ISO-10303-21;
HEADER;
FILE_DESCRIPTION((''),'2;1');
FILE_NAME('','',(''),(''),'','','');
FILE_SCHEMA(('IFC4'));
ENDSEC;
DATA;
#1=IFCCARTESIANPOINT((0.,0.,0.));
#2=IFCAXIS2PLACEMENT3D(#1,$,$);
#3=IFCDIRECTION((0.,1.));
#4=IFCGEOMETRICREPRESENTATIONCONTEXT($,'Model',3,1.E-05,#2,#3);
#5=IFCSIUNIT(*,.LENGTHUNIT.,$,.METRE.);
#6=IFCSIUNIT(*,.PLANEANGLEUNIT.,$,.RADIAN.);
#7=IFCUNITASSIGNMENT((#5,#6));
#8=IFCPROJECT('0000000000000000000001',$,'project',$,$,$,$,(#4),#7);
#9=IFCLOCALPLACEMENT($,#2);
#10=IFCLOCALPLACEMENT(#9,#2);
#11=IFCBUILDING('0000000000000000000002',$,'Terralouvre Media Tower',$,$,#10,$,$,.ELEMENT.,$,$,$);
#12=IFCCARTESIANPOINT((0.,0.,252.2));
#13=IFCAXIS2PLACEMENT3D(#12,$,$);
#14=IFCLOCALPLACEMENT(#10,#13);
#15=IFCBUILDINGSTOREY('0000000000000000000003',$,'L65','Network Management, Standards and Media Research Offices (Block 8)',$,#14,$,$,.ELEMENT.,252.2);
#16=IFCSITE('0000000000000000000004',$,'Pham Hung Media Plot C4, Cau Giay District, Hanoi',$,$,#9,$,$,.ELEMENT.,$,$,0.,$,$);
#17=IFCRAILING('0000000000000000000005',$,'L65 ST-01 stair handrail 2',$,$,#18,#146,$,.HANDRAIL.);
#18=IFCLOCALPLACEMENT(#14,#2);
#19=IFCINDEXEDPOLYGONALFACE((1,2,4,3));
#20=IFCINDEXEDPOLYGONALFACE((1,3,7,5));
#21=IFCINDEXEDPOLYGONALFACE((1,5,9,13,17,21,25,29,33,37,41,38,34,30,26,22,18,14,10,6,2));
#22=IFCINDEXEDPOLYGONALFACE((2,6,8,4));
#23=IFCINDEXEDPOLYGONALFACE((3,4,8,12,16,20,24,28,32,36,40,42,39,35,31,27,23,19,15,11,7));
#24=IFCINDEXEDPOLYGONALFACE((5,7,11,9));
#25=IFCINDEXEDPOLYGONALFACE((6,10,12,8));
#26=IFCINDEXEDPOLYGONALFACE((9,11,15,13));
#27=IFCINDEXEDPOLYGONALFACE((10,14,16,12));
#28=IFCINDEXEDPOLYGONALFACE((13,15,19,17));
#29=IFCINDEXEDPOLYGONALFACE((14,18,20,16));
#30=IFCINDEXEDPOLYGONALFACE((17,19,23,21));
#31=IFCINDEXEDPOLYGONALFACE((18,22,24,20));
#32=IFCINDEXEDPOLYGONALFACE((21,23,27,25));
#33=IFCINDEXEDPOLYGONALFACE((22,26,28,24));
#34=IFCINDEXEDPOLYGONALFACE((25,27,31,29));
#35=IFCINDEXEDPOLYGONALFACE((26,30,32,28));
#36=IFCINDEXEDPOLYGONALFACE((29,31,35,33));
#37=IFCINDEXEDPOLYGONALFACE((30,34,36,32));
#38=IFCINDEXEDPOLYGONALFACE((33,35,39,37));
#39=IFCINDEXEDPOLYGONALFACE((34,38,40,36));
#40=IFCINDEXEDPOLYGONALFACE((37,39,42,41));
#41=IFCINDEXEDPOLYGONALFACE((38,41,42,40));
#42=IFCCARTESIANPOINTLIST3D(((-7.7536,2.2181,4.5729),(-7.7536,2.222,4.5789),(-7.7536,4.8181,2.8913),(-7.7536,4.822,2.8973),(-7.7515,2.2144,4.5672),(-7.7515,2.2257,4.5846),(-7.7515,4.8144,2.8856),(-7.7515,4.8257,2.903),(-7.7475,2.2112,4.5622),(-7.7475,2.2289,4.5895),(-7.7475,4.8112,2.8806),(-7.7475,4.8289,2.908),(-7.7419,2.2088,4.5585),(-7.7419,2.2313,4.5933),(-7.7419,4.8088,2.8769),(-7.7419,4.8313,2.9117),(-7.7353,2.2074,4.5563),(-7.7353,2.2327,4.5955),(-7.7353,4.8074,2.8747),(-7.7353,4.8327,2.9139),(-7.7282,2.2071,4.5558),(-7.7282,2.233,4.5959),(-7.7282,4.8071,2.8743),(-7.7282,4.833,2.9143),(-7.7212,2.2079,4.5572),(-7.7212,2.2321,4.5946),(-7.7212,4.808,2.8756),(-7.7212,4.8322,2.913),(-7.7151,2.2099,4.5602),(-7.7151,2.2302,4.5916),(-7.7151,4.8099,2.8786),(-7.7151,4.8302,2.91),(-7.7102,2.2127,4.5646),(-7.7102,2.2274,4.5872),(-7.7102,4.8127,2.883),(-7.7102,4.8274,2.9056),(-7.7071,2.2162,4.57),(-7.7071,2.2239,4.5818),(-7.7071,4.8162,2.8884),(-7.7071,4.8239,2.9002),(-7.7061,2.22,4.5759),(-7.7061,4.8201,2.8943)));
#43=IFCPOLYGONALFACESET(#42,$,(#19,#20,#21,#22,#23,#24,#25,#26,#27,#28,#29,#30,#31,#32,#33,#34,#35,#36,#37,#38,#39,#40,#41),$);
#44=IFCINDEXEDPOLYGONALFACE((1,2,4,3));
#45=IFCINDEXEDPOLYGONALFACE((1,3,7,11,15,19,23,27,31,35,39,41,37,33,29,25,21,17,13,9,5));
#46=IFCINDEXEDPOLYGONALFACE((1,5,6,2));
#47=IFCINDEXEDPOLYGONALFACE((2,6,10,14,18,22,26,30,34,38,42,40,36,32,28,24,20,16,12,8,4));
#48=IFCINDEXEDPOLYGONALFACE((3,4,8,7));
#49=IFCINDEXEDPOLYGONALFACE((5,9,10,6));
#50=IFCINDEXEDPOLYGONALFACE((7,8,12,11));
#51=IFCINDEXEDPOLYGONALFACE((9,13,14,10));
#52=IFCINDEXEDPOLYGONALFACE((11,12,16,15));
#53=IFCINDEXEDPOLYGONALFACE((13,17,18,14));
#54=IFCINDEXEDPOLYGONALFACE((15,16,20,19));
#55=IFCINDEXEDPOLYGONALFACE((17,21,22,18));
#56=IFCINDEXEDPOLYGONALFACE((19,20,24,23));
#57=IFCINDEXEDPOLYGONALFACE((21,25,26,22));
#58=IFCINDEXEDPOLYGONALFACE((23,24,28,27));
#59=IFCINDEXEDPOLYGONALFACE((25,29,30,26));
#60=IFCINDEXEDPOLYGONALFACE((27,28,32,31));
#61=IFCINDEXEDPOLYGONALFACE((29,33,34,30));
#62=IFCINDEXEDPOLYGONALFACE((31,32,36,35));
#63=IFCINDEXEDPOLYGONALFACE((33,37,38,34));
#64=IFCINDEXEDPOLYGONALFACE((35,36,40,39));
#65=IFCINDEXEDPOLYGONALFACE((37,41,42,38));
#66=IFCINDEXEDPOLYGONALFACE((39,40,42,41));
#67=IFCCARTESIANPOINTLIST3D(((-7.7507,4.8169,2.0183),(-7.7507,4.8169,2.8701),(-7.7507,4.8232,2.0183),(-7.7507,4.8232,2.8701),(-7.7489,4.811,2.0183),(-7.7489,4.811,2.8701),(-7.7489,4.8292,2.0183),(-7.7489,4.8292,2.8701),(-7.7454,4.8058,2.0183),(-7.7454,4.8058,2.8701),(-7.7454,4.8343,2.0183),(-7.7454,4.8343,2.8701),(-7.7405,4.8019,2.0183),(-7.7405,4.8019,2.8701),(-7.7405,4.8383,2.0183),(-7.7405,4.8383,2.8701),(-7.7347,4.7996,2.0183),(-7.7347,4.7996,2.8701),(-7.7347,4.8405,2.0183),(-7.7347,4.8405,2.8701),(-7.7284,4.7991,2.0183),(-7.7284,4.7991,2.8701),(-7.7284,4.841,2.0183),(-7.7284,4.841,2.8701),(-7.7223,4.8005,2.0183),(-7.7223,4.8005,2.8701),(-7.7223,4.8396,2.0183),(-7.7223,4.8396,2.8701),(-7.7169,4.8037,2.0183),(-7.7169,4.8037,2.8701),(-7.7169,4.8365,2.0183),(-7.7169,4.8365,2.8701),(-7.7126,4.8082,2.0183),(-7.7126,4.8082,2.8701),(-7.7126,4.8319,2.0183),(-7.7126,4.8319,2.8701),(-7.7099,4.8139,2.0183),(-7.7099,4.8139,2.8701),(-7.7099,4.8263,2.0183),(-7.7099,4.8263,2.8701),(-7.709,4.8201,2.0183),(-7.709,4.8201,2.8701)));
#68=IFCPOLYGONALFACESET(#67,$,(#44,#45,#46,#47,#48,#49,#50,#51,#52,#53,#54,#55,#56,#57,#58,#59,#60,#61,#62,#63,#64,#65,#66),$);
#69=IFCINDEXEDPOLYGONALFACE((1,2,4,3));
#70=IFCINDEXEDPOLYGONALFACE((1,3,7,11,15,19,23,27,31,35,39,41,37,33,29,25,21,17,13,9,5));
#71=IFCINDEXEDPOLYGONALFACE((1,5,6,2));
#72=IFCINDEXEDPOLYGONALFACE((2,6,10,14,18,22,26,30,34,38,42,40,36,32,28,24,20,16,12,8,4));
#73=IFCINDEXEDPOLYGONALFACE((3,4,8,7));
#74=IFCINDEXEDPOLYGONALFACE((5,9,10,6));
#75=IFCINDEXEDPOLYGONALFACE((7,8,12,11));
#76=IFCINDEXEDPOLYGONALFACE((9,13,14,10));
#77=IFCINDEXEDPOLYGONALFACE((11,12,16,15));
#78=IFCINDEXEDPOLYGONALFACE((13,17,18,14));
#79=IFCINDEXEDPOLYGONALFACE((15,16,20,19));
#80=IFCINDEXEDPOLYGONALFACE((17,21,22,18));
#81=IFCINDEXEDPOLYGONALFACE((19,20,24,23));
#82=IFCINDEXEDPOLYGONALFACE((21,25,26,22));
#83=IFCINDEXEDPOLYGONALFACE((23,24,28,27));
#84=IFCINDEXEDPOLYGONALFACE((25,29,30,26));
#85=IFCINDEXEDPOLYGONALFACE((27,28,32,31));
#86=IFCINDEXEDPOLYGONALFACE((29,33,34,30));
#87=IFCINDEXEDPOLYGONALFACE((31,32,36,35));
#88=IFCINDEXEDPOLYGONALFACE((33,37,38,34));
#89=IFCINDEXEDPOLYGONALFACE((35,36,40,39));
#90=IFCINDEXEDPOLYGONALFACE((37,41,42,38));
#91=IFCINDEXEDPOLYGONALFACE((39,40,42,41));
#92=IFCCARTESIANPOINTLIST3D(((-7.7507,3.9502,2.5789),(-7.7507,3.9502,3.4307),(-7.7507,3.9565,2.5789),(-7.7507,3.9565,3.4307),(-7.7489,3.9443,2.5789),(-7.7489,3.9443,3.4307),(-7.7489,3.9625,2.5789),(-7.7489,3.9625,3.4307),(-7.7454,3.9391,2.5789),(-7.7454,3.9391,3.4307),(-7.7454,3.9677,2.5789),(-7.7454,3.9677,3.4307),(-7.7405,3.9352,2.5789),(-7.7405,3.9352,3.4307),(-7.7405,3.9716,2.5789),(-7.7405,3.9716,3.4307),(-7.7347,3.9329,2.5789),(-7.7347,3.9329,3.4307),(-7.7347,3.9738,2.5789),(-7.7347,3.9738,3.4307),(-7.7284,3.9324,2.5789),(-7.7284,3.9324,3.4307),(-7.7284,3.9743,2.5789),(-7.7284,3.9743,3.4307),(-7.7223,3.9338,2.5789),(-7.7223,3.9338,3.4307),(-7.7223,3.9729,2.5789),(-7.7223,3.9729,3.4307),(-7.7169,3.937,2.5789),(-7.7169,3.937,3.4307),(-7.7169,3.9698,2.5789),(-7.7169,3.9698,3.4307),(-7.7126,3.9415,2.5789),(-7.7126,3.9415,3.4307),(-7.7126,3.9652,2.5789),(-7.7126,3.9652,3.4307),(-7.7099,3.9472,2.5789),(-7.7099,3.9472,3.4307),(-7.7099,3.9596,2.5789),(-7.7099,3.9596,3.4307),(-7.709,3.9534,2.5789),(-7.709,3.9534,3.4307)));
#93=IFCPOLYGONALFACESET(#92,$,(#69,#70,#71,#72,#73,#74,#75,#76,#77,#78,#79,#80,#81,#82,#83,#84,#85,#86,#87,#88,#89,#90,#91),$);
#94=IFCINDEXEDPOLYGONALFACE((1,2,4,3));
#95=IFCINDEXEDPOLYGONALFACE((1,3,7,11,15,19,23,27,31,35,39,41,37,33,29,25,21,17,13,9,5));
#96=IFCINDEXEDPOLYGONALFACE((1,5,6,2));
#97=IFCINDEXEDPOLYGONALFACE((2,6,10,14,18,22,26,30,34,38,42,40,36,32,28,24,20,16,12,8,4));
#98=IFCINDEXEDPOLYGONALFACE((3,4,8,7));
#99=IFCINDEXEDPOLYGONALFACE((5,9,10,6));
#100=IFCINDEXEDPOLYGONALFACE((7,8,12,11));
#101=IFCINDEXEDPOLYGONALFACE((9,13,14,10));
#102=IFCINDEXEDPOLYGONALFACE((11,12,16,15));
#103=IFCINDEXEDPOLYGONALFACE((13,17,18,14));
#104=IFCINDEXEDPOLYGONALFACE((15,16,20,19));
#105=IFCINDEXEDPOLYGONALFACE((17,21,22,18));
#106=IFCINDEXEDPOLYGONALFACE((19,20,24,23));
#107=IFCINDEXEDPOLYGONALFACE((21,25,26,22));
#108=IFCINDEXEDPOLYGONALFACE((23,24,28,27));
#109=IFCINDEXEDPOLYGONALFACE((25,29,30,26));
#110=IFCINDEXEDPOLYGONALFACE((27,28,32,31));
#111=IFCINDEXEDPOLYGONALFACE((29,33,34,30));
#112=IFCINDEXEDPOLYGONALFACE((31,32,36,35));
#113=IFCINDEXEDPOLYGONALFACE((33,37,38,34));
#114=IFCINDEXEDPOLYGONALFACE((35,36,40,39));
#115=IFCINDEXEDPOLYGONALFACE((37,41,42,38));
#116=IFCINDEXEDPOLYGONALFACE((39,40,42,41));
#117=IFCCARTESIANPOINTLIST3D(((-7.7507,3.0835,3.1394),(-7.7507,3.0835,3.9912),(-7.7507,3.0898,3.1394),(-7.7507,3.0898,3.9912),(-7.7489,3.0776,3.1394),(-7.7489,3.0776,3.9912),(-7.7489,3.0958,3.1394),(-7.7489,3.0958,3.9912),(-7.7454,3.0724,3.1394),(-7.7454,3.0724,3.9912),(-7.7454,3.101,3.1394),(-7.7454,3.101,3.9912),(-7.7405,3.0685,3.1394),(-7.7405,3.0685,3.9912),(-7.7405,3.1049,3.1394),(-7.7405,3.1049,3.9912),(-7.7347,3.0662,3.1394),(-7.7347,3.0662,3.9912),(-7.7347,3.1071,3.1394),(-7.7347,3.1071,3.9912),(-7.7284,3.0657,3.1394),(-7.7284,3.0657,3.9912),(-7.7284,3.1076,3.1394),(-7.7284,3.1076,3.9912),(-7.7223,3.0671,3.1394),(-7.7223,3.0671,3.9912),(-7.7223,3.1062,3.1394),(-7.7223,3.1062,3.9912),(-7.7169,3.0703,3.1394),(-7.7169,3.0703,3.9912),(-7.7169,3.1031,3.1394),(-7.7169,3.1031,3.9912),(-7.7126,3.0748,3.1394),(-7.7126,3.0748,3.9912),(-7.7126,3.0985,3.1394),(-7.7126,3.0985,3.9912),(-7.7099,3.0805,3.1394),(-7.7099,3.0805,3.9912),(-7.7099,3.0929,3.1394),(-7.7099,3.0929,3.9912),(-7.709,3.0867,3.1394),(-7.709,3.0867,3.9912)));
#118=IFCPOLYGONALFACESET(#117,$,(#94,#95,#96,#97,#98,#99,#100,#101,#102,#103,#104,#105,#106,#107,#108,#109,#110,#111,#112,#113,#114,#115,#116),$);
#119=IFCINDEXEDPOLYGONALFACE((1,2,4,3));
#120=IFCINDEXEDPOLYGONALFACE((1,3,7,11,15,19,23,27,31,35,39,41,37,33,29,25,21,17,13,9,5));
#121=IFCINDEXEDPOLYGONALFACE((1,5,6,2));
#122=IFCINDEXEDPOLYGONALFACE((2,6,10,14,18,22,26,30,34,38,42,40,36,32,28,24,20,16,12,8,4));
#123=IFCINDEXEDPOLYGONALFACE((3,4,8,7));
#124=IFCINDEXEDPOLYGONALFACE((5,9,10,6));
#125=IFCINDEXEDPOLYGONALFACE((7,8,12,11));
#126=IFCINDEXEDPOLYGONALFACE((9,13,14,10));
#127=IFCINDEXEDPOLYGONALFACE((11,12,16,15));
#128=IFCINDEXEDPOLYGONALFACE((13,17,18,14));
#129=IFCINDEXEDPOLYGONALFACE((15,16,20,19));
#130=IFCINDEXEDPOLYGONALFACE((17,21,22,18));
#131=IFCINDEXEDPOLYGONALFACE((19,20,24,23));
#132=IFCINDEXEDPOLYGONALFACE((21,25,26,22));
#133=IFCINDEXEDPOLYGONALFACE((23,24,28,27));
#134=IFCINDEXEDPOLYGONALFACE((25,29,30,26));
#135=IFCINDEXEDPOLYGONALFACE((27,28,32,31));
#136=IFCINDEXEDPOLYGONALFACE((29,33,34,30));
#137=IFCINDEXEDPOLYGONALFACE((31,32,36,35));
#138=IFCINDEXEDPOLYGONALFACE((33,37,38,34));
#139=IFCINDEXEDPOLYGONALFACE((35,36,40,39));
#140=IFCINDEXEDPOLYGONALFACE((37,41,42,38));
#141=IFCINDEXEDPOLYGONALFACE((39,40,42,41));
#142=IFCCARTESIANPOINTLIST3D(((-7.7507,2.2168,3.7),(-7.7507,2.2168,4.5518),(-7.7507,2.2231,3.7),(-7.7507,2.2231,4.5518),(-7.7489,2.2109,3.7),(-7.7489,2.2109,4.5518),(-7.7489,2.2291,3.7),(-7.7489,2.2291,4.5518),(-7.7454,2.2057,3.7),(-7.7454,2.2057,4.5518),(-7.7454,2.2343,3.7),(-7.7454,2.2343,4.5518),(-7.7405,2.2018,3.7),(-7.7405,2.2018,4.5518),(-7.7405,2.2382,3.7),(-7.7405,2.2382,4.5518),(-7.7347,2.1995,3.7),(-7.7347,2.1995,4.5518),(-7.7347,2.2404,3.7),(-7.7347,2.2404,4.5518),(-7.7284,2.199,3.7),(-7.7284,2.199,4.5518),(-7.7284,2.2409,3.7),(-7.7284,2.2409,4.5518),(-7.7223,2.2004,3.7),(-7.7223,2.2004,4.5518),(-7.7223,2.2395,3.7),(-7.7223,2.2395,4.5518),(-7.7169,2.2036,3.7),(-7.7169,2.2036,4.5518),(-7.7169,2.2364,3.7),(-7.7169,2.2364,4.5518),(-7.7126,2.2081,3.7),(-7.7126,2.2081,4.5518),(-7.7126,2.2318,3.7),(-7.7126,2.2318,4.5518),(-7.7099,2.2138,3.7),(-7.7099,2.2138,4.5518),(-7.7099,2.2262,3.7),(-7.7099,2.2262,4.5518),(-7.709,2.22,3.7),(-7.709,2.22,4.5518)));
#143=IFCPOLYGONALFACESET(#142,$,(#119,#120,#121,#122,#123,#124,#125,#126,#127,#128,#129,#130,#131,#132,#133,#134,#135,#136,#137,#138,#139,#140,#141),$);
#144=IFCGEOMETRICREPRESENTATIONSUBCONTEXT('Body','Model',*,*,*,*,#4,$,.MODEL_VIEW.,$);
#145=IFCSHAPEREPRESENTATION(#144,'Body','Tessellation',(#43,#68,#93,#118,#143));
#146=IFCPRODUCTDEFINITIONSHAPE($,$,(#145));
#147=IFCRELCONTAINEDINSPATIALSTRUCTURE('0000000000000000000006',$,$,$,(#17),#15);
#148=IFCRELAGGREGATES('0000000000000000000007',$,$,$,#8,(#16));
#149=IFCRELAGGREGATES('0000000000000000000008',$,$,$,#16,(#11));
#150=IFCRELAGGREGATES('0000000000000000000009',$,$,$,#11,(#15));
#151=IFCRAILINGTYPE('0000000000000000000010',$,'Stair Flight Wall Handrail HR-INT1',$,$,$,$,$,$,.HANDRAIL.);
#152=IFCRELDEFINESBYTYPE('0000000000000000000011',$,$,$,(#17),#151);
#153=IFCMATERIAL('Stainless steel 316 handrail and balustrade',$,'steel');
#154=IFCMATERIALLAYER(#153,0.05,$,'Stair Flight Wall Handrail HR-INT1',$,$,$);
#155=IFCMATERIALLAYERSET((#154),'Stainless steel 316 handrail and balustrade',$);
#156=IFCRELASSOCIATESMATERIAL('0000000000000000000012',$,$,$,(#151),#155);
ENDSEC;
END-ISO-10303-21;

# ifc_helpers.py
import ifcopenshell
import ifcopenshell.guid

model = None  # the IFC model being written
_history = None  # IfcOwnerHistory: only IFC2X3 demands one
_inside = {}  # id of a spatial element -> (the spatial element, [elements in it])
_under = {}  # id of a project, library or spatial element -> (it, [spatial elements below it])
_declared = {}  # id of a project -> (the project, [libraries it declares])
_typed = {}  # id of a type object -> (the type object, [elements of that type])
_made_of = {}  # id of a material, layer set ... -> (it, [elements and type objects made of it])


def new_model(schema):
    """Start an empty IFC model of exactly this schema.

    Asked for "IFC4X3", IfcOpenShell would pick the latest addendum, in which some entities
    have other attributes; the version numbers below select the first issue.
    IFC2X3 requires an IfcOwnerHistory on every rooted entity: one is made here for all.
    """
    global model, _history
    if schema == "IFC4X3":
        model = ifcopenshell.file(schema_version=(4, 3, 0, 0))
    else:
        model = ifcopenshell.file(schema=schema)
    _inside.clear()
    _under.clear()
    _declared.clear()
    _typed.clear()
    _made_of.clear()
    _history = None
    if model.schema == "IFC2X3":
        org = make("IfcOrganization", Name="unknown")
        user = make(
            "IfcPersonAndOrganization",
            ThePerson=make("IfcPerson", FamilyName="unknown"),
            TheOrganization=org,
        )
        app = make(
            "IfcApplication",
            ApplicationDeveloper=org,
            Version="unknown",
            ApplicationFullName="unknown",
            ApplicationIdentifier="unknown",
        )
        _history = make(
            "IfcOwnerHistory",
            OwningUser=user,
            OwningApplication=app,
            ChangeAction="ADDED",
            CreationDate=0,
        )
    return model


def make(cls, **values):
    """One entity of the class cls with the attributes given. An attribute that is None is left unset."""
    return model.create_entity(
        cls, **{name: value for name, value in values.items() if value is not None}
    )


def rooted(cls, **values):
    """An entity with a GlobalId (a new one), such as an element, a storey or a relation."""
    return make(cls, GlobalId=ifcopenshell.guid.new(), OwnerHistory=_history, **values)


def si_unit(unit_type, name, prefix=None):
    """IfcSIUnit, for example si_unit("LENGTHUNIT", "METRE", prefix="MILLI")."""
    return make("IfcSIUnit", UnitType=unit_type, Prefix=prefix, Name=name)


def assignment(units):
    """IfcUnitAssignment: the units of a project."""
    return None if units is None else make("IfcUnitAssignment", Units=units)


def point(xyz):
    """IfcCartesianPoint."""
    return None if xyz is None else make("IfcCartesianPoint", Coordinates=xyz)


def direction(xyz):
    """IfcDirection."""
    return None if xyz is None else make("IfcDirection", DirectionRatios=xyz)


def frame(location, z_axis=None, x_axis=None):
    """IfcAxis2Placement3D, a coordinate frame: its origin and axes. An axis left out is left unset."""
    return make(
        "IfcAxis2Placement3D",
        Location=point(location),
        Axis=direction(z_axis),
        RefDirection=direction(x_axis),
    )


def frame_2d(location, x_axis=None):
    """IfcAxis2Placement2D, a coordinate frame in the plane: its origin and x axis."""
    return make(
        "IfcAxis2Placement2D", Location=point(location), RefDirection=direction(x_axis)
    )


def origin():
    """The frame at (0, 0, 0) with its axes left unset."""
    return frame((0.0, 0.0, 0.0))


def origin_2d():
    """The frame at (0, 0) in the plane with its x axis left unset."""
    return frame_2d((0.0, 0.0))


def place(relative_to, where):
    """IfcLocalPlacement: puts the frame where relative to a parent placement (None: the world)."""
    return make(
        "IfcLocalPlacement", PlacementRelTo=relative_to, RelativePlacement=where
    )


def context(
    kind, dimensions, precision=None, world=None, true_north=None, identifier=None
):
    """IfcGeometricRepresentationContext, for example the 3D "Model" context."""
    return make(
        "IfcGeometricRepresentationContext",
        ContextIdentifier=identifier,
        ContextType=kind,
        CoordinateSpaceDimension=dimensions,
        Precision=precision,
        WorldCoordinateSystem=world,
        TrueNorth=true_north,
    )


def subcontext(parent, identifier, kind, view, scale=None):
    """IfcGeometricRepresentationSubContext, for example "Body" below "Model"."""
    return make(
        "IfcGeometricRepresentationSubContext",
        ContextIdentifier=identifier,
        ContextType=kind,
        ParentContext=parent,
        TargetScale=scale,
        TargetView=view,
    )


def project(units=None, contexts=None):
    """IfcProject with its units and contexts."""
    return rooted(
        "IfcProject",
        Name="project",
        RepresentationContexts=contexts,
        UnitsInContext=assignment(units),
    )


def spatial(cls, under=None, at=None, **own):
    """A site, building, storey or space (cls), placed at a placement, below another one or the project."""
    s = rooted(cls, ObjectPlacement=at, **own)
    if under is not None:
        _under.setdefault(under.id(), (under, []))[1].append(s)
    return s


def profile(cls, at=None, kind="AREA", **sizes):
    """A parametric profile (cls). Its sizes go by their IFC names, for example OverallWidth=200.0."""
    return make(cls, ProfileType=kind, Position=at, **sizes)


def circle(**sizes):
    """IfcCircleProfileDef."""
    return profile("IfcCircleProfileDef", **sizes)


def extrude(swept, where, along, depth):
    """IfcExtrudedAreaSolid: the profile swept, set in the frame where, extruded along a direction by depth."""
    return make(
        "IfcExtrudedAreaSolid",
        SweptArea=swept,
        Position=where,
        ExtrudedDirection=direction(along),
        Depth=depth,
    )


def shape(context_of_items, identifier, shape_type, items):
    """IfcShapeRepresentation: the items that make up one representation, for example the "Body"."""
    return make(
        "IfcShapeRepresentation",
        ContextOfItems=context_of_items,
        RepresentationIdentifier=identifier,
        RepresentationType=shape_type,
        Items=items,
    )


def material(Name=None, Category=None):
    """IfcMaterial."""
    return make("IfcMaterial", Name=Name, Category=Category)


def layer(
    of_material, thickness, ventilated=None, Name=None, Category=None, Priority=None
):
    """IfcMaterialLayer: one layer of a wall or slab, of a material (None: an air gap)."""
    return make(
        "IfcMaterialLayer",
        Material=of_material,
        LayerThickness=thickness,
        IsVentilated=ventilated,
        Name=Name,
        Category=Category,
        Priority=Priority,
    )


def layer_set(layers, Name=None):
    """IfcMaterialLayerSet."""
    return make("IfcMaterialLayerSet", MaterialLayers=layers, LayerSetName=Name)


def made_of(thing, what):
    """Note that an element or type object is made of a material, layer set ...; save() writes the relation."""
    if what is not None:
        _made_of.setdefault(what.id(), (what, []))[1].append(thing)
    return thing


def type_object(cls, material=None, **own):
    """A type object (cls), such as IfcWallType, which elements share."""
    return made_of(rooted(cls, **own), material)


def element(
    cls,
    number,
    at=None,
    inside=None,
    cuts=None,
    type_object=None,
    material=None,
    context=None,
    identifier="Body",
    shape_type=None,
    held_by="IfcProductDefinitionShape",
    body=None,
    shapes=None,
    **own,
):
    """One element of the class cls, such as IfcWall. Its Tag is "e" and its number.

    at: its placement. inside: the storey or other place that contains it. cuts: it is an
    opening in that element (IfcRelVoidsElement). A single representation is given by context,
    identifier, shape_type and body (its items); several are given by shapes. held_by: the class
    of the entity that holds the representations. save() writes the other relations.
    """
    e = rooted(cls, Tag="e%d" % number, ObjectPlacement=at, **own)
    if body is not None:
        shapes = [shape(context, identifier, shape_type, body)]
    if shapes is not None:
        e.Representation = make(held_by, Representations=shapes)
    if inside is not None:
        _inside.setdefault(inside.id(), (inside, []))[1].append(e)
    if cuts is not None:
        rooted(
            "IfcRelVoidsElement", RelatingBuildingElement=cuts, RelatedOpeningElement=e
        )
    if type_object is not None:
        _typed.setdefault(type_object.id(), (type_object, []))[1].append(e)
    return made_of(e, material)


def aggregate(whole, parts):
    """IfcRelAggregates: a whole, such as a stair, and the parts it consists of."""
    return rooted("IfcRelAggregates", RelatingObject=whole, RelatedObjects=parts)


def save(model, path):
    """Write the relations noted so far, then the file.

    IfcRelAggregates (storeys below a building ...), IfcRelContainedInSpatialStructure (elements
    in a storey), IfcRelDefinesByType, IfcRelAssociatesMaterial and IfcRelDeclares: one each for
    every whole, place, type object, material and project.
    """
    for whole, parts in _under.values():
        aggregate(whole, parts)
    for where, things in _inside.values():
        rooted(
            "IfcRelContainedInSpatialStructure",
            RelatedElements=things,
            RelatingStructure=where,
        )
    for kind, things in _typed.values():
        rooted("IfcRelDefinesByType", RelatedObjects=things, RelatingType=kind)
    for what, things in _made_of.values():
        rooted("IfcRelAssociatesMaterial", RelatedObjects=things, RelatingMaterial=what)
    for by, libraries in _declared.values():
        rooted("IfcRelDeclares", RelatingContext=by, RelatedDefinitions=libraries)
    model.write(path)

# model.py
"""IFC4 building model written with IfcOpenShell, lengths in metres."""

from ifc_helpers import new_model, si_unit, direction, frame, origin, origin_2d, place, context, subcontext, project, spatial, circle, extrude, material, layer, layer_set, type_object, element, save


model = new_model("IFC4")

# Units and contexts
model_context = context("Model", 3, precision=1e-05, world=origin(), true_north=direction((0.0, 1.0)))
body_context = subcontext(model_context, "Body", "Model", "MODEL_VIEW")
ifc_project = project(units=[si_unit("LENGTHUNIT", "METRE"), si_unit("PLANEANGLEUNIT", "RADIAN")], contexts=[model_context])

# Site, building, storey
site_placement = place(None, origin())
site = spatial("IfcSite", under=ifc_project, at=site_placement, Name="Pham Hung Media Plot C4, Cau Giay District, Hanoi", CompositionType="ELEMENT", RefElevation=0.0)
building_placement = place(site_placement, origin())
building = spatial("IfcBuilding", under=site, at=building_placement, Name="Terralouvre Media Tower", CompositionType="ELEMENT")
storey_placement = place(building_placement, frame((0.0, 0.0, 252.2)))
storey = spatial("IfcBuildingStorey", under=building, at=storey_placement, Name="L65", Description="Network Management, Standards and Media Research Offices (Block 8)", CompositionType="ELEMENT", Elevation=252.2)

# Railing
ifc_material_1 = material(Name="Stainless steel 316 handrail and balustrade", Category="steel")
ifc_layer_1 = layer(ifc_material_1, 0.05, Name="Stair Flight Wall Handrail HR-INT1")
ifc_layer_set_1 = layer_set([ifc_layer_1], Name="Stainless steel 316 handrail and balustrade")
railing_type_1 = type_object("IfcRailingType", Name="Stair Flight Wall Handrail HR-INT1", PredefinedType="HANDRAIL", material=ifc_layer_set_1)
railing_1_placement = place(storey_placement, frame((-7.73, 4.8201, 2.0183)))
element("IfcRailing", 1, at=railing_1_placement, inside=storey, type_object=railing_type_1, Name="L65 ST-01 stair handrail 2", PredefinedType="HANDRAIL", context=body_context, shape_type="SweptSolid", body=[
    extrude(circle(Radius=0.0239, at=origin_2d()), frame((0.0, 0.0, 0.876), z_axis=(0.0, -0.839684, 0.543075), x_axis=(1.0, 0.0, 0.0)), (0.0, 0.0, 1.0), 3.0964),
    extrude(circle(Radius=0.021, at=origin_2d()), origin(), (0.0, 0.0, 1.0), 0.8518),
    extrude(circle(Radius=0.021, at=origin_2d()), frame((0.0, -0.8667, 0.5605)), (0.0, 0.0, 1.0), 0.8518),
    extrude(circle(Radius=0.021, at=origin_2d()), frame((0.0, -1.7334, 1.1211)), (0.0, 0.0, 1.0), 0.8518),
    extrude(circle(Radius=0.021, at=origin_2d()), frame((0.0, -2.6001, 1.6816)), (0.0, 0.0, 1.0), 0.8518),
])

save(model, "model.ifc")
